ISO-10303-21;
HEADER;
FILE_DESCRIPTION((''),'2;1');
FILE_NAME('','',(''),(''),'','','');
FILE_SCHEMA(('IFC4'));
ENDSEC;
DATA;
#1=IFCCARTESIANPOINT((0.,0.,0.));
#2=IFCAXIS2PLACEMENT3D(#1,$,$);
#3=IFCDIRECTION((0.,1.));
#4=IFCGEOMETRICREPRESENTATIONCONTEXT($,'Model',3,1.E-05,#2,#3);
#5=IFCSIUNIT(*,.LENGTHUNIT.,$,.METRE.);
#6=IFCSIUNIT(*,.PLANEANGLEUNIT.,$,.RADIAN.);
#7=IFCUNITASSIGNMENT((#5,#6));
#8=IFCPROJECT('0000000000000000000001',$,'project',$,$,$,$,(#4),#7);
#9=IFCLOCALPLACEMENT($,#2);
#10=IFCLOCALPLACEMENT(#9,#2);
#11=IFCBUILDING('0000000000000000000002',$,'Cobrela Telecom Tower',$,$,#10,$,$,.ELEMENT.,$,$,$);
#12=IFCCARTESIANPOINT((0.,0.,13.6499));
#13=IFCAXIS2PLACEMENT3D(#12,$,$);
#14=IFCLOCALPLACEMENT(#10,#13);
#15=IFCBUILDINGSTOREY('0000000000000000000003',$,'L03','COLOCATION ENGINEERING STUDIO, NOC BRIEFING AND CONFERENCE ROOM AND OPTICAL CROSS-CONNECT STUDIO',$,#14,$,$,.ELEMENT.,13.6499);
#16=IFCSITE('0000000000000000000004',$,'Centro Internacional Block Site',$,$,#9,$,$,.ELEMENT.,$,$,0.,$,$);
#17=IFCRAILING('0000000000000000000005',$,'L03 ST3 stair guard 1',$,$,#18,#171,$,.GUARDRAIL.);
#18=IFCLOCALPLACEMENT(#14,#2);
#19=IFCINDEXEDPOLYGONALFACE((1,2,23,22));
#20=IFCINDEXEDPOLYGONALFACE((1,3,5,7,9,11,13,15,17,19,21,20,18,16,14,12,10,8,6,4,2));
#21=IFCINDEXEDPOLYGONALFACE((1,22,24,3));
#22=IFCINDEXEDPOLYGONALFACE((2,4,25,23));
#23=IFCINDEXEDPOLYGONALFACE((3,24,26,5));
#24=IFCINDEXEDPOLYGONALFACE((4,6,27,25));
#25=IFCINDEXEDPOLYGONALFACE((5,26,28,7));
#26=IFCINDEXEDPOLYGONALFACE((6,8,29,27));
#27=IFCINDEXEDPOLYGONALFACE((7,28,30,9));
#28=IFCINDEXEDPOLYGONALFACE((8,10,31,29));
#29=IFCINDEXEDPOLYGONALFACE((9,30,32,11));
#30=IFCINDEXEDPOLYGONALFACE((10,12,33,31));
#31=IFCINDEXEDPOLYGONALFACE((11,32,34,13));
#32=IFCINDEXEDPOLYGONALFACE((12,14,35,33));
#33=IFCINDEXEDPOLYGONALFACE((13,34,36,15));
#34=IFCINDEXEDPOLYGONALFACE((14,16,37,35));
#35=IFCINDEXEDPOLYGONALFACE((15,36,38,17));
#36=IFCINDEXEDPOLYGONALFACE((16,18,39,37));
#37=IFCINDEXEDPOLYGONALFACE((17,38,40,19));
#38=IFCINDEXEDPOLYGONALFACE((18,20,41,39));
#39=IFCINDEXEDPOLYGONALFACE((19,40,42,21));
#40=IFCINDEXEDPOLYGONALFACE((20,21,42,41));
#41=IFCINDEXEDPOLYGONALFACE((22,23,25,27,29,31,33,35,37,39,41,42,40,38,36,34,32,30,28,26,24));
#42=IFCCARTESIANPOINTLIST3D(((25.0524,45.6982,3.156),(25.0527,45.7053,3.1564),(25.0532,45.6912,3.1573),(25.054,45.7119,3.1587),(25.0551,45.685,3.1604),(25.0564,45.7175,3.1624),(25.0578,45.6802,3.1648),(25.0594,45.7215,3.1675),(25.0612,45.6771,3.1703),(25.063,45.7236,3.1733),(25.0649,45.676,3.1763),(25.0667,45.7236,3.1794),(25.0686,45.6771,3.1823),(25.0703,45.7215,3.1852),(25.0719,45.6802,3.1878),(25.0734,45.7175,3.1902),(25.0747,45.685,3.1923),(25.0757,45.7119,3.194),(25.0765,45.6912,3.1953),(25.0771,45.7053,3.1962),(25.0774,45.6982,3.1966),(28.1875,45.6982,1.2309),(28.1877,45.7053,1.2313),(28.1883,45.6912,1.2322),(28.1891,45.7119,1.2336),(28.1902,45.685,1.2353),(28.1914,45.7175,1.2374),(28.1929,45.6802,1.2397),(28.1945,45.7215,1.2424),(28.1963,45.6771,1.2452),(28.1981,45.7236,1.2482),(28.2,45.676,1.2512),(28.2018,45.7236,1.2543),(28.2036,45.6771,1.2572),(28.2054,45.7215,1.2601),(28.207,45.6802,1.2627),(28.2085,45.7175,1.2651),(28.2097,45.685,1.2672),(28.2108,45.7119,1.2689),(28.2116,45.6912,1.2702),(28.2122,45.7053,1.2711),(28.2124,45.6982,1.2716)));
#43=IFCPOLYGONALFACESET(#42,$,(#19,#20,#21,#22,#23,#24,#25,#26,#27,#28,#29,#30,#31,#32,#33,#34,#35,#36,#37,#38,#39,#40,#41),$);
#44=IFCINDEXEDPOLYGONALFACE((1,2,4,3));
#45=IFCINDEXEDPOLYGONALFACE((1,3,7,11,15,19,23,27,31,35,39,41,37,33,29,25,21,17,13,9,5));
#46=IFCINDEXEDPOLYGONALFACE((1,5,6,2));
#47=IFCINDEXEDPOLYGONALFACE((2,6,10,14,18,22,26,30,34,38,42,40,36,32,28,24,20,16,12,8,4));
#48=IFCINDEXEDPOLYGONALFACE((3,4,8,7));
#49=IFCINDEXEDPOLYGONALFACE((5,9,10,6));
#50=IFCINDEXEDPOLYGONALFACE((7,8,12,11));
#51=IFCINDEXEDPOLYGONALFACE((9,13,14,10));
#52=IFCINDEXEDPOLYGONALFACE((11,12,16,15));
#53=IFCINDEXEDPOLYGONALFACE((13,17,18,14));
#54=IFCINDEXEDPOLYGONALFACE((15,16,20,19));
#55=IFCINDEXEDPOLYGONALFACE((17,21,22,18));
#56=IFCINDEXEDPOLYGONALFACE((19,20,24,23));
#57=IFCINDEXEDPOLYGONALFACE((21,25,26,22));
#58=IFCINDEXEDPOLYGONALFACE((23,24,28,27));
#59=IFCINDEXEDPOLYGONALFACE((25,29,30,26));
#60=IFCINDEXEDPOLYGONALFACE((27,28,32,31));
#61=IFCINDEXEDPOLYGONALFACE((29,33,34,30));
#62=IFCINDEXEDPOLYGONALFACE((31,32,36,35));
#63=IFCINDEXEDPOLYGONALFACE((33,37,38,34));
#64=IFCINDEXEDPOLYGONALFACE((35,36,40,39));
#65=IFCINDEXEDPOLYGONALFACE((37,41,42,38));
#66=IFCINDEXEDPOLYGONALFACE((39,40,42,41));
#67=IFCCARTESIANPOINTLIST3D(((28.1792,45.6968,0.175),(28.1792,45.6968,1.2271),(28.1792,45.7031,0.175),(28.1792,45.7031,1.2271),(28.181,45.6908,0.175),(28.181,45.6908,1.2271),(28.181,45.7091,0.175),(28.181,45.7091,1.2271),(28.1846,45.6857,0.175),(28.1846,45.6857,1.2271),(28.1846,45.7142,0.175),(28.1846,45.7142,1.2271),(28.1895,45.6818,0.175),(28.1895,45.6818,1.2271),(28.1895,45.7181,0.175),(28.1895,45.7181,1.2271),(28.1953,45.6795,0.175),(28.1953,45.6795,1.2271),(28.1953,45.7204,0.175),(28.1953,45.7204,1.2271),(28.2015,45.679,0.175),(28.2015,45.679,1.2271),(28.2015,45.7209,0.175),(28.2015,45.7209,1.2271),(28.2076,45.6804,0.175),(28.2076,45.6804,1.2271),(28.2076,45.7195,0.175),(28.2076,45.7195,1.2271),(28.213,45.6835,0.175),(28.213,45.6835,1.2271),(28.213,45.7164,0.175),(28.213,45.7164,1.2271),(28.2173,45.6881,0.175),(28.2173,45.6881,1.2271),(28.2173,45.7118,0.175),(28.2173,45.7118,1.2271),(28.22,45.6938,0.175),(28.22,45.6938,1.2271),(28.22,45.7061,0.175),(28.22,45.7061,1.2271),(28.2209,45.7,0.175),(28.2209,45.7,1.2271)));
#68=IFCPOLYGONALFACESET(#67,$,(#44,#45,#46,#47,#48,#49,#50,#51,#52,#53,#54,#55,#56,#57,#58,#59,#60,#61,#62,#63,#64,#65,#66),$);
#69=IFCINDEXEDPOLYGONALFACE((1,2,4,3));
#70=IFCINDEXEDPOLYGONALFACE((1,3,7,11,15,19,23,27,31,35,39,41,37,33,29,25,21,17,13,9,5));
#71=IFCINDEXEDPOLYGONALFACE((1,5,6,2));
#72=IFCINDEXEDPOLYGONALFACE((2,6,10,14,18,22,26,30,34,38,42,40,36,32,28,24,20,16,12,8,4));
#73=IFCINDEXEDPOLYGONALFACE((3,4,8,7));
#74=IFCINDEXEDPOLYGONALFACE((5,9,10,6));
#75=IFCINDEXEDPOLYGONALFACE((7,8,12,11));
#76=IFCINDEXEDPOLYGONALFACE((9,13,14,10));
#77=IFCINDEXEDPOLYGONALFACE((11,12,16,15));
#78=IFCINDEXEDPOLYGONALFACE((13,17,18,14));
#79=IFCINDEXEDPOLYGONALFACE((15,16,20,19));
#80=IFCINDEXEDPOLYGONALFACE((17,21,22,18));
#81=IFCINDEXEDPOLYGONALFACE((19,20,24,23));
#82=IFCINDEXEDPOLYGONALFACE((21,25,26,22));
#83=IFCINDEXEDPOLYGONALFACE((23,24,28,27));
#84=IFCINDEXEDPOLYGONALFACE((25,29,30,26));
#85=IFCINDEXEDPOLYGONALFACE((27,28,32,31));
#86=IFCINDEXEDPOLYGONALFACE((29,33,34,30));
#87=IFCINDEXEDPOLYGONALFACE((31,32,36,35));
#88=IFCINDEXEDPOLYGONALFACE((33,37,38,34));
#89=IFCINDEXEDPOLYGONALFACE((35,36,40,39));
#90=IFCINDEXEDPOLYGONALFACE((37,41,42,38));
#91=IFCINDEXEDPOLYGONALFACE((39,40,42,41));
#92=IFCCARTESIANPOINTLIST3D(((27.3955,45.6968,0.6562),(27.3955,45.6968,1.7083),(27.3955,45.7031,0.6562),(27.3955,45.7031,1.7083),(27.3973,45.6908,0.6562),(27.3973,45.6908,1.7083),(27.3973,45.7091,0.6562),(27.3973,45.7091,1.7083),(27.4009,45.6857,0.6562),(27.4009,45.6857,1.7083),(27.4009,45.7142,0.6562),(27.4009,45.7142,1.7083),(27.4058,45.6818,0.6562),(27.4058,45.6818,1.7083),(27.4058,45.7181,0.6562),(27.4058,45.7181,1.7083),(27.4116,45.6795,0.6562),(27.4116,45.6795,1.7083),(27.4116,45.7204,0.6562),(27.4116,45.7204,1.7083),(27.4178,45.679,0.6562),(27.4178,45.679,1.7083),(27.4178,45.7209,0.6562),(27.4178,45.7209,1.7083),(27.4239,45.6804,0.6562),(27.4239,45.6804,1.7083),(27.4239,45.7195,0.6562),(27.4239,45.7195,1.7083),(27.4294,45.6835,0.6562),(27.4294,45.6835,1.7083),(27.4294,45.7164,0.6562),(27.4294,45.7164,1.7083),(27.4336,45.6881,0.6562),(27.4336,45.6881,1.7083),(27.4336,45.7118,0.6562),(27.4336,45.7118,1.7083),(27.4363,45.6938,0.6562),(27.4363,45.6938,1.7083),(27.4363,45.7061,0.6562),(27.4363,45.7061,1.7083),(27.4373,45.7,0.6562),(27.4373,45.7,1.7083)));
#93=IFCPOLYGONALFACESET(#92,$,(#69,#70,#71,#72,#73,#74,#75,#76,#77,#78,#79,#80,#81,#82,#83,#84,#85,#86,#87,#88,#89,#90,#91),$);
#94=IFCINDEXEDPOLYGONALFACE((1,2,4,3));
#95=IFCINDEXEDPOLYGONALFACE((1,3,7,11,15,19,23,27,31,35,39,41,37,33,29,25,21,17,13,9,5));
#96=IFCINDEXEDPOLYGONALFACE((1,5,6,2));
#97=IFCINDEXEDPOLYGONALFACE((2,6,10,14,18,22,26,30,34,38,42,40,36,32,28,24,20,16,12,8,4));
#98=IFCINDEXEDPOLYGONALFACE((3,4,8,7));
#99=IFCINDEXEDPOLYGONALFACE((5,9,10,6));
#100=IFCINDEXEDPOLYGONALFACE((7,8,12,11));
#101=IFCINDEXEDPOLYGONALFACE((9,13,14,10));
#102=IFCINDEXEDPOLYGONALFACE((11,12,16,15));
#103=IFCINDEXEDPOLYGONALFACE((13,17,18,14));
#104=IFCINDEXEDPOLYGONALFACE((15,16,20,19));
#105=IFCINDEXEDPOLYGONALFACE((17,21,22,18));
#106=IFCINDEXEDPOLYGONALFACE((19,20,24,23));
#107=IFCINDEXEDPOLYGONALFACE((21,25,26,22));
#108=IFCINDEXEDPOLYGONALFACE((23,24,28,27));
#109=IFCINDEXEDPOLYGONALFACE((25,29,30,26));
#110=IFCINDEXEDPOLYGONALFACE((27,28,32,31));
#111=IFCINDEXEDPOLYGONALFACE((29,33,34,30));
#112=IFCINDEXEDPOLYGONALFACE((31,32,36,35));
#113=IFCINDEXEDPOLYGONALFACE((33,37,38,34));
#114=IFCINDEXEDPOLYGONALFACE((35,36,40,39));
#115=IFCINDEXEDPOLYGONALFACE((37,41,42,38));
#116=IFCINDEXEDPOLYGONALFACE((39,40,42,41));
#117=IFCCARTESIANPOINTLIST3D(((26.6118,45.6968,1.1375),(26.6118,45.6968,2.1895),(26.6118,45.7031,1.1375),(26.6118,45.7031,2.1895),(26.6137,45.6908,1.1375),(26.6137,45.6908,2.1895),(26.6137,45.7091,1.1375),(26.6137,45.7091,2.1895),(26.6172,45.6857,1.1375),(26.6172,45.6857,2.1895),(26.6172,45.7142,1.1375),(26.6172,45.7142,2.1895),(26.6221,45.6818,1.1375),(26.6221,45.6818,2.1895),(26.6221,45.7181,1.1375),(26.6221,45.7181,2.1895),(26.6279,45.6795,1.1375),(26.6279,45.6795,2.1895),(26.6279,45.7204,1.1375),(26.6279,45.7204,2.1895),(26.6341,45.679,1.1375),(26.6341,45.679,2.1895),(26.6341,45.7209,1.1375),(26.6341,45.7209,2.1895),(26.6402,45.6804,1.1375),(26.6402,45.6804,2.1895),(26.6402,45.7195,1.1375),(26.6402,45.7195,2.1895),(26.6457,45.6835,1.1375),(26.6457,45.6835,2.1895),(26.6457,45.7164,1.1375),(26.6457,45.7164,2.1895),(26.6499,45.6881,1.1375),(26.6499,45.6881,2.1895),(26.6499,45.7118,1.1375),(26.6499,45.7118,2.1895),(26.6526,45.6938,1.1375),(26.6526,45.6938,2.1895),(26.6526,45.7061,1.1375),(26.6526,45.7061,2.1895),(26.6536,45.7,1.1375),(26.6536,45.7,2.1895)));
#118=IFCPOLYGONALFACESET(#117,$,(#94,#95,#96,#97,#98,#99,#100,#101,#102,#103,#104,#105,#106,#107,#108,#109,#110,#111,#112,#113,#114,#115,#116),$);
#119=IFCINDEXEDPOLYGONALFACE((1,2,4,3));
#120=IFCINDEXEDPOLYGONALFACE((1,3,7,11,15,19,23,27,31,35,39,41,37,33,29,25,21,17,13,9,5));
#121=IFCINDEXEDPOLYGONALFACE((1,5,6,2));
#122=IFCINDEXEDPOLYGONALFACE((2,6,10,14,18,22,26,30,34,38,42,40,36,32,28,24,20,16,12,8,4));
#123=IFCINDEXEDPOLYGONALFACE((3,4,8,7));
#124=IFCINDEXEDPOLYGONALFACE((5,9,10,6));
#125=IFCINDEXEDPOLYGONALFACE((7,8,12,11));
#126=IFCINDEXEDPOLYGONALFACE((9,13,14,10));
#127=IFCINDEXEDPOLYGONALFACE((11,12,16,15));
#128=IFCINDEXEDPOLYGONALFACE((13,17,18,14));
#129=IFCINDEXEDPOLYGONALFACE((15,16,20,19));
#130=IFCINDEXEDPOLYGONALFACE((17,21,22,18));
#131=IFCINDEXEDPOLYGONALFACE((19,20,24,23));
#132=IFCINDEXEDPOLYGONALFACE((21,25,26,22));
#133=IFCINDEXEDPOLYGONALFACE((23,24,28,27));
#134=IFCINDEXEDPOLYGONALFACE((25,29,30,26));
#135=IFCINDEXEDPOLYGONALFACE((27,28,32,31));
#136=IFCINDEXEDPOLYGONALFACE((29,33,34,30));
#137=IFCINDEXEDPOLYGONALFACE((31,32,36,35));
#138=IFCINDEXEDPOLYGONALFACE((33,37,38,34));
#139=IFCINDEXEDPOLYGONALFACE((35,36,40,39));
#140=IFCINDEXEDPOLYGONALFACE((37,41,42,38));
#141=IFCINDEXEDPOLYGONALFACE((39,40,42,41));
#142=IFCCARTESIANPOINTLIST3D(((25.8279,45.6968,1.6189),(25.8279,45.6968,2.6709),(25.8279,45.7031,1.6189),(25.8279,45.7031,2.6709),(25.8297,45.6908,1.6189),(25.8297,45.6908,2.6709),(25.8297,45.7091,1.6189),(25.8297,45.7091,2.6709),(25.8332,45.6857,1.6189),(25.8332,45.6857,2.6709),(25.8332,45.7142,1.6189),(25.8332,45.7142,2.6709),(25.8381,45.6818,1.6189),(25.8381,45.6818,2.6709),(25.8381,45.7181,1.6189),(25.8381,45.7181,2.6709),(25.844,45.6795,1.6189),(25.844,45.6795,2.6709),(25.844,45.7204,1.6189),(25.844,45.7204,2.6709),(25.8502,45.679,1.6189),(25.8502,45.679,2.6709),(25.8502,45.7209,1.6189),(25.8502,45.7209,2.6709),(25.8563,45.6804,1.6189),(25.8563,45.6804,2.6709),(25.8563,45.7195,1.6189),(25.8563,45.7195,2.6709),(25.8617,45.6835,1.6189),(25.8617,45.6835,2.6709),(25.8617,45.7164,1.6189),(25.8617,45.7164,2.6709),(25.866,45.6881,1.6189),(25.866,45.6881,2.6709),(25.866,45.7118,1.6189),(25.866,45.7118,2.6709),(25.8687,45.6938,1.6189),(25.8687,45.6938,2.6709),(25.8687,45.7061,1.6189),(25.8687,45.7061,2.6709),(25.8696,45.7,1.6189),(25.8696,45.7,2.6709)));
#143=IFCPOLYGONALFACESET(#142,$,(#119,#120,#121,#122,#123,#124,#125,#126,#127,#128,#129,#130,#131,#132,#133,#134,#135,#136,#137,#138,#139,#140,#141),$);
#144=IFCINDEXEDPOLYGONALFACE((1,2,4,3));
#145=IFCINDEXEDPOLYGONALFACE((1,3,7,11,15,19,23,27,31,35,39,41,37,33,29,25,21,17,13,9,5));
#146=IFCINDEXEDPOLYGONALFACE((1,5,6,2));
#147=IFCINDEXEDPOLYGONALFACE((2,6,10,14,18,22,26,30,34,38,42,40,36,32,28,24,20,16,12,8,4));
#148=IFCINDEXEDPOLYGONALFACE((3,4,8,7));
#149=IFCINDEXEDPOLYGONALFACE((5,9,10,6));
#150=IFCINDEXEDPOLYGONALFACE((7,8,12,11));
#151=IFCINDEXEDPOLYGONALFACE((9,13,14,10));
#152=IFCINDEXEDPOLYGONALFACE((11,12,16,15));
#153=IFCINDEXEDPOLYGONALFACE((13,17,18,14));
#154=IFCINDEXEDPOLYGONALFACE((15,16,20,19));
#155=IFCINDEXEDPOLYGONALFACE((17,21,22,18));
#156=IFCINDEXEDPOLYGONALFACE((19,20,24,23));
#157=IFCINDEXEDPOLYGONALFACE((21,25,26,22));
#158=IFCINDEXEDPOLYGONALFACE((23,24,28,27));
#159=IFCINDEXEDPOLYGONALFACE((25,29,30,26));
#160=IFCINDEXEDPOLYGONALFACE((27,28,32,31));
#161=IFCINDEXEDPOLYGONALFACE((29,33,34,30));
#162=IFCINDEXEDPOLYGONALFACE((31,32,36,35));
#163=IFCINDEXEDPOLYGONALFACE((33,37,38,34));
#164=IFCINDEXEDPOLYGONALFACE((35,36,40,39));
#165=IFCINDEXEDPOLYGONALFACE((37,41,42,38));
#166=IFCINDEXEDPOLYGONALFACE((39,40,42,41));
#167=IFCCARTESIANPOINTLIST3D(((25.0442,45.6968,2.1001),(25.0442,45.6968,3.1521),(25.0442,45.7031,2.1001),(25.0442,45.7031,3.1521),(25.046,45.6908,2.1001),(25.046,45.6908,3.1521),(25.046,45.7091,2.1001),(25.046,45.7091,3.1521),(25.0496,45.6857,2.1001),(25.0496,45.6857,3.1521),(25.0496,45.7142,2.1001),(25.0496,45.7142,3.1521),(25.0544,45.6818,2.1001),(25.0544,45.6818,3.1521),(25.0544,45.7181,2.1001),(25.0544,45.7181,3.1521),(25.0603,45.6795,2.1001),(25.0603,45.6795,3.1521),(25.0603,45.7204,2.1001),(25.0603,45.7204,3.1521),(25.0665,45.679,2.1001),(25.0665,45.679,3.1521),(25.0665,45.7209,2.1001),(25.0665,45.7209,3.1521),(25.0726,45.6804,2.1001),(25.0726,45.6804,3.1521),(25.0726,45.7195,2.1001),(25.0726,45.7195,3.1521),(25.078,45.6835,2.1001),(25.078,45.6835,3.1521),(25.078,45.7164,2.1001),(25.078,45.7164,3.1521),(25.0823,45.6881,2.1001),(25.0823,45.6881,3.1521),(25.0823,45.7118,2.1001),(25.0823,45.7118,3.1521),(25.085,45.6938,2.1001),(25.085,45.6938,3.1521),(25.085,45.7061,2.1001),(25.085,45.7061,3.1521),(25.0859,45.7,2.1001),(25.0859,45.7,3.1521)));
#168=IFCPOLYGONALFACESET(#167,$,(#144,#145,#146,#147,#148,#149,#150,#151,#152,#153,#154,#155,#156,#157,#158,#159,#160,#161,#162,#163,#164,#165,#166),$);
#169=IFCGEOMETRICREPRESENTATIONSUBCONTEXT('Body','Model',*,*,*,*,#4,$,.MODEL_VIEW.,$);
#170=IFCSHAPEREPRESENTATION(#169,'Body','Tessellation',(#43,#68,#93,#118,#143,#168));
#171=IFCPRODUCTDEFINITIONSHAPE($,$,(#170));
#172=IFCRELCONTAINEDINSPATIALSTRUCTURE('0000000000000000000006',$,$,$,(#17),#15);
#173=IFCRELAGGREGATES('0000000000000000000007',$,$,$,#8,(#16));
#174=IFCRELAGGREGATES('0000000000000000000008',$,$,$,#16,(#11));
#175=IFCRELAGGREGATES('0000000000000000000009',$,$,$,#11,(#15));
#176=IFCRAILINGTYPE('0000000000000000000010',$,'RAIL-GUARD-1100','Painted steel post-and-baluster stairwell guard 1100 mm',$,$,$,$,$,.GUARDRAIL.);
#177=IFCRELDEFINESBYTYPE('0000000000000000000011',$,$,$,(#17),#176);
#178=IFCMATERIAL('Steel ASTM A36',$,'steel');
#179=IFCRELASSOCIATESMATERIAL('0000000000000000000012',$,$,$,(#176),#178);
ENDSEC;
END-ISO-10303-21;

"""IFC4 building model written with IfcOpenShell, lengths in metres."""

from ifc_helpers import new_model, si_unit, direction, frame, origin, origin_2d, place, context, subcontext, project, spatial, circle, extrude, material, type_object, element, save


model = new_model("IFC4")

# Units and contexts
model_context = context("Model", 3, precision=1e-05, world=origin(), true_north=direction((0.0, 1.0)))
body_context = subcontext(model_context, "Body", "Model", "MODEL_VIEW")
ifc_project = project(units=[si_unit("LENGTHUNIT", "METRE"), si_unit("PLANEANGLEUNIT", "RADIAN")], contexts=[model_context])

# Site, building, storey
site_placement = place(None, origin())
site = spatial("IfcSite", under=ifc_project, at=site_placement, Name="Centro Internacional Block Site", CompositionType="ELEMENT", RefElevation=0.0)
building_placement = place(site_placement, origin())
building = spatial("IfcBuilding", under=site, at=building_placement, Name="Cobrela Telecom Tower", CompositionType="ELEMENT")
storey_placement = place(building_placement, frame((0.0, 0.0, 13.6499)))
storey = spatial("IfcBuildingStorey", under=building, at=storey_placement, Name="L03", Description="COLOCATION ENGINEERING STUDIO, NOC BRIEFING AND CONFERENCE ROOM AND OPTICAL CROSS-CONNECT STUDIO", CompositionType="ELEMENT", Elevation=13.6499)

# Shared definitions
ifc_material_1 = material(Name="Steel ASTM A36", Category="steel")

# Railing
railing_type_1 = type_object("IfcRailingType", Name="RAIL-GUARD-1100", Description="Painted steel post-and-baluster stairwell guard 1100 mm", PredefinedType="GUARDRAIL", material=ifc_material_1)
railing_1_placement = place(storey_placement, frame((28.2, 45.7, 0.175)))
element("IfcRailing", 1, at=railing_1_placement, inside=storey, type_object=railing_type_1, Name="L03 ST3 stair guard 1", PredefinedType="GUARDRAIL", context=body_context, shape_type="SweptSolid", body=[
    extrude(circle(Radius=0.0239, at=origin_2d()), frame((0.0, 0.0, 1.0762), z_axis=(-0.852166, 0.0, 0.523271), x_axis=(0.0, -1.0, 0.0)), (0.0, 0.0, 1.0), 3.679),
    extrude(circle(Radius=0.021, at=origin_2d()), origin(), (0.0, 0.0, 1.0), 1.052),
    extrude(circle(Radius=0.021, at=origin_2d()), frame((-0.7837, 0.0, 0.4812)), (0.0, 0.0, 1.0), 1.052),
    extrude(circle(Radius=0.021, at=origin_2d()), frame((-1.5674, 0.0, 0.9624)), (0.0, 0.0, 1.0), 1.052),
    extrude(circle(Radius=0.021, at=origin_2d()), frame((-2.3513, 0.0, 1.4438)), (0.0, 0.0, 1.0), 1.052),
    extrude(circle(Radius=0.021, at=origin_2d()), frame((-3.135, 0.0, 1.925)), (0.0, 0.0, 1.0), 1.052),
])

save(model, "model.ifc")
